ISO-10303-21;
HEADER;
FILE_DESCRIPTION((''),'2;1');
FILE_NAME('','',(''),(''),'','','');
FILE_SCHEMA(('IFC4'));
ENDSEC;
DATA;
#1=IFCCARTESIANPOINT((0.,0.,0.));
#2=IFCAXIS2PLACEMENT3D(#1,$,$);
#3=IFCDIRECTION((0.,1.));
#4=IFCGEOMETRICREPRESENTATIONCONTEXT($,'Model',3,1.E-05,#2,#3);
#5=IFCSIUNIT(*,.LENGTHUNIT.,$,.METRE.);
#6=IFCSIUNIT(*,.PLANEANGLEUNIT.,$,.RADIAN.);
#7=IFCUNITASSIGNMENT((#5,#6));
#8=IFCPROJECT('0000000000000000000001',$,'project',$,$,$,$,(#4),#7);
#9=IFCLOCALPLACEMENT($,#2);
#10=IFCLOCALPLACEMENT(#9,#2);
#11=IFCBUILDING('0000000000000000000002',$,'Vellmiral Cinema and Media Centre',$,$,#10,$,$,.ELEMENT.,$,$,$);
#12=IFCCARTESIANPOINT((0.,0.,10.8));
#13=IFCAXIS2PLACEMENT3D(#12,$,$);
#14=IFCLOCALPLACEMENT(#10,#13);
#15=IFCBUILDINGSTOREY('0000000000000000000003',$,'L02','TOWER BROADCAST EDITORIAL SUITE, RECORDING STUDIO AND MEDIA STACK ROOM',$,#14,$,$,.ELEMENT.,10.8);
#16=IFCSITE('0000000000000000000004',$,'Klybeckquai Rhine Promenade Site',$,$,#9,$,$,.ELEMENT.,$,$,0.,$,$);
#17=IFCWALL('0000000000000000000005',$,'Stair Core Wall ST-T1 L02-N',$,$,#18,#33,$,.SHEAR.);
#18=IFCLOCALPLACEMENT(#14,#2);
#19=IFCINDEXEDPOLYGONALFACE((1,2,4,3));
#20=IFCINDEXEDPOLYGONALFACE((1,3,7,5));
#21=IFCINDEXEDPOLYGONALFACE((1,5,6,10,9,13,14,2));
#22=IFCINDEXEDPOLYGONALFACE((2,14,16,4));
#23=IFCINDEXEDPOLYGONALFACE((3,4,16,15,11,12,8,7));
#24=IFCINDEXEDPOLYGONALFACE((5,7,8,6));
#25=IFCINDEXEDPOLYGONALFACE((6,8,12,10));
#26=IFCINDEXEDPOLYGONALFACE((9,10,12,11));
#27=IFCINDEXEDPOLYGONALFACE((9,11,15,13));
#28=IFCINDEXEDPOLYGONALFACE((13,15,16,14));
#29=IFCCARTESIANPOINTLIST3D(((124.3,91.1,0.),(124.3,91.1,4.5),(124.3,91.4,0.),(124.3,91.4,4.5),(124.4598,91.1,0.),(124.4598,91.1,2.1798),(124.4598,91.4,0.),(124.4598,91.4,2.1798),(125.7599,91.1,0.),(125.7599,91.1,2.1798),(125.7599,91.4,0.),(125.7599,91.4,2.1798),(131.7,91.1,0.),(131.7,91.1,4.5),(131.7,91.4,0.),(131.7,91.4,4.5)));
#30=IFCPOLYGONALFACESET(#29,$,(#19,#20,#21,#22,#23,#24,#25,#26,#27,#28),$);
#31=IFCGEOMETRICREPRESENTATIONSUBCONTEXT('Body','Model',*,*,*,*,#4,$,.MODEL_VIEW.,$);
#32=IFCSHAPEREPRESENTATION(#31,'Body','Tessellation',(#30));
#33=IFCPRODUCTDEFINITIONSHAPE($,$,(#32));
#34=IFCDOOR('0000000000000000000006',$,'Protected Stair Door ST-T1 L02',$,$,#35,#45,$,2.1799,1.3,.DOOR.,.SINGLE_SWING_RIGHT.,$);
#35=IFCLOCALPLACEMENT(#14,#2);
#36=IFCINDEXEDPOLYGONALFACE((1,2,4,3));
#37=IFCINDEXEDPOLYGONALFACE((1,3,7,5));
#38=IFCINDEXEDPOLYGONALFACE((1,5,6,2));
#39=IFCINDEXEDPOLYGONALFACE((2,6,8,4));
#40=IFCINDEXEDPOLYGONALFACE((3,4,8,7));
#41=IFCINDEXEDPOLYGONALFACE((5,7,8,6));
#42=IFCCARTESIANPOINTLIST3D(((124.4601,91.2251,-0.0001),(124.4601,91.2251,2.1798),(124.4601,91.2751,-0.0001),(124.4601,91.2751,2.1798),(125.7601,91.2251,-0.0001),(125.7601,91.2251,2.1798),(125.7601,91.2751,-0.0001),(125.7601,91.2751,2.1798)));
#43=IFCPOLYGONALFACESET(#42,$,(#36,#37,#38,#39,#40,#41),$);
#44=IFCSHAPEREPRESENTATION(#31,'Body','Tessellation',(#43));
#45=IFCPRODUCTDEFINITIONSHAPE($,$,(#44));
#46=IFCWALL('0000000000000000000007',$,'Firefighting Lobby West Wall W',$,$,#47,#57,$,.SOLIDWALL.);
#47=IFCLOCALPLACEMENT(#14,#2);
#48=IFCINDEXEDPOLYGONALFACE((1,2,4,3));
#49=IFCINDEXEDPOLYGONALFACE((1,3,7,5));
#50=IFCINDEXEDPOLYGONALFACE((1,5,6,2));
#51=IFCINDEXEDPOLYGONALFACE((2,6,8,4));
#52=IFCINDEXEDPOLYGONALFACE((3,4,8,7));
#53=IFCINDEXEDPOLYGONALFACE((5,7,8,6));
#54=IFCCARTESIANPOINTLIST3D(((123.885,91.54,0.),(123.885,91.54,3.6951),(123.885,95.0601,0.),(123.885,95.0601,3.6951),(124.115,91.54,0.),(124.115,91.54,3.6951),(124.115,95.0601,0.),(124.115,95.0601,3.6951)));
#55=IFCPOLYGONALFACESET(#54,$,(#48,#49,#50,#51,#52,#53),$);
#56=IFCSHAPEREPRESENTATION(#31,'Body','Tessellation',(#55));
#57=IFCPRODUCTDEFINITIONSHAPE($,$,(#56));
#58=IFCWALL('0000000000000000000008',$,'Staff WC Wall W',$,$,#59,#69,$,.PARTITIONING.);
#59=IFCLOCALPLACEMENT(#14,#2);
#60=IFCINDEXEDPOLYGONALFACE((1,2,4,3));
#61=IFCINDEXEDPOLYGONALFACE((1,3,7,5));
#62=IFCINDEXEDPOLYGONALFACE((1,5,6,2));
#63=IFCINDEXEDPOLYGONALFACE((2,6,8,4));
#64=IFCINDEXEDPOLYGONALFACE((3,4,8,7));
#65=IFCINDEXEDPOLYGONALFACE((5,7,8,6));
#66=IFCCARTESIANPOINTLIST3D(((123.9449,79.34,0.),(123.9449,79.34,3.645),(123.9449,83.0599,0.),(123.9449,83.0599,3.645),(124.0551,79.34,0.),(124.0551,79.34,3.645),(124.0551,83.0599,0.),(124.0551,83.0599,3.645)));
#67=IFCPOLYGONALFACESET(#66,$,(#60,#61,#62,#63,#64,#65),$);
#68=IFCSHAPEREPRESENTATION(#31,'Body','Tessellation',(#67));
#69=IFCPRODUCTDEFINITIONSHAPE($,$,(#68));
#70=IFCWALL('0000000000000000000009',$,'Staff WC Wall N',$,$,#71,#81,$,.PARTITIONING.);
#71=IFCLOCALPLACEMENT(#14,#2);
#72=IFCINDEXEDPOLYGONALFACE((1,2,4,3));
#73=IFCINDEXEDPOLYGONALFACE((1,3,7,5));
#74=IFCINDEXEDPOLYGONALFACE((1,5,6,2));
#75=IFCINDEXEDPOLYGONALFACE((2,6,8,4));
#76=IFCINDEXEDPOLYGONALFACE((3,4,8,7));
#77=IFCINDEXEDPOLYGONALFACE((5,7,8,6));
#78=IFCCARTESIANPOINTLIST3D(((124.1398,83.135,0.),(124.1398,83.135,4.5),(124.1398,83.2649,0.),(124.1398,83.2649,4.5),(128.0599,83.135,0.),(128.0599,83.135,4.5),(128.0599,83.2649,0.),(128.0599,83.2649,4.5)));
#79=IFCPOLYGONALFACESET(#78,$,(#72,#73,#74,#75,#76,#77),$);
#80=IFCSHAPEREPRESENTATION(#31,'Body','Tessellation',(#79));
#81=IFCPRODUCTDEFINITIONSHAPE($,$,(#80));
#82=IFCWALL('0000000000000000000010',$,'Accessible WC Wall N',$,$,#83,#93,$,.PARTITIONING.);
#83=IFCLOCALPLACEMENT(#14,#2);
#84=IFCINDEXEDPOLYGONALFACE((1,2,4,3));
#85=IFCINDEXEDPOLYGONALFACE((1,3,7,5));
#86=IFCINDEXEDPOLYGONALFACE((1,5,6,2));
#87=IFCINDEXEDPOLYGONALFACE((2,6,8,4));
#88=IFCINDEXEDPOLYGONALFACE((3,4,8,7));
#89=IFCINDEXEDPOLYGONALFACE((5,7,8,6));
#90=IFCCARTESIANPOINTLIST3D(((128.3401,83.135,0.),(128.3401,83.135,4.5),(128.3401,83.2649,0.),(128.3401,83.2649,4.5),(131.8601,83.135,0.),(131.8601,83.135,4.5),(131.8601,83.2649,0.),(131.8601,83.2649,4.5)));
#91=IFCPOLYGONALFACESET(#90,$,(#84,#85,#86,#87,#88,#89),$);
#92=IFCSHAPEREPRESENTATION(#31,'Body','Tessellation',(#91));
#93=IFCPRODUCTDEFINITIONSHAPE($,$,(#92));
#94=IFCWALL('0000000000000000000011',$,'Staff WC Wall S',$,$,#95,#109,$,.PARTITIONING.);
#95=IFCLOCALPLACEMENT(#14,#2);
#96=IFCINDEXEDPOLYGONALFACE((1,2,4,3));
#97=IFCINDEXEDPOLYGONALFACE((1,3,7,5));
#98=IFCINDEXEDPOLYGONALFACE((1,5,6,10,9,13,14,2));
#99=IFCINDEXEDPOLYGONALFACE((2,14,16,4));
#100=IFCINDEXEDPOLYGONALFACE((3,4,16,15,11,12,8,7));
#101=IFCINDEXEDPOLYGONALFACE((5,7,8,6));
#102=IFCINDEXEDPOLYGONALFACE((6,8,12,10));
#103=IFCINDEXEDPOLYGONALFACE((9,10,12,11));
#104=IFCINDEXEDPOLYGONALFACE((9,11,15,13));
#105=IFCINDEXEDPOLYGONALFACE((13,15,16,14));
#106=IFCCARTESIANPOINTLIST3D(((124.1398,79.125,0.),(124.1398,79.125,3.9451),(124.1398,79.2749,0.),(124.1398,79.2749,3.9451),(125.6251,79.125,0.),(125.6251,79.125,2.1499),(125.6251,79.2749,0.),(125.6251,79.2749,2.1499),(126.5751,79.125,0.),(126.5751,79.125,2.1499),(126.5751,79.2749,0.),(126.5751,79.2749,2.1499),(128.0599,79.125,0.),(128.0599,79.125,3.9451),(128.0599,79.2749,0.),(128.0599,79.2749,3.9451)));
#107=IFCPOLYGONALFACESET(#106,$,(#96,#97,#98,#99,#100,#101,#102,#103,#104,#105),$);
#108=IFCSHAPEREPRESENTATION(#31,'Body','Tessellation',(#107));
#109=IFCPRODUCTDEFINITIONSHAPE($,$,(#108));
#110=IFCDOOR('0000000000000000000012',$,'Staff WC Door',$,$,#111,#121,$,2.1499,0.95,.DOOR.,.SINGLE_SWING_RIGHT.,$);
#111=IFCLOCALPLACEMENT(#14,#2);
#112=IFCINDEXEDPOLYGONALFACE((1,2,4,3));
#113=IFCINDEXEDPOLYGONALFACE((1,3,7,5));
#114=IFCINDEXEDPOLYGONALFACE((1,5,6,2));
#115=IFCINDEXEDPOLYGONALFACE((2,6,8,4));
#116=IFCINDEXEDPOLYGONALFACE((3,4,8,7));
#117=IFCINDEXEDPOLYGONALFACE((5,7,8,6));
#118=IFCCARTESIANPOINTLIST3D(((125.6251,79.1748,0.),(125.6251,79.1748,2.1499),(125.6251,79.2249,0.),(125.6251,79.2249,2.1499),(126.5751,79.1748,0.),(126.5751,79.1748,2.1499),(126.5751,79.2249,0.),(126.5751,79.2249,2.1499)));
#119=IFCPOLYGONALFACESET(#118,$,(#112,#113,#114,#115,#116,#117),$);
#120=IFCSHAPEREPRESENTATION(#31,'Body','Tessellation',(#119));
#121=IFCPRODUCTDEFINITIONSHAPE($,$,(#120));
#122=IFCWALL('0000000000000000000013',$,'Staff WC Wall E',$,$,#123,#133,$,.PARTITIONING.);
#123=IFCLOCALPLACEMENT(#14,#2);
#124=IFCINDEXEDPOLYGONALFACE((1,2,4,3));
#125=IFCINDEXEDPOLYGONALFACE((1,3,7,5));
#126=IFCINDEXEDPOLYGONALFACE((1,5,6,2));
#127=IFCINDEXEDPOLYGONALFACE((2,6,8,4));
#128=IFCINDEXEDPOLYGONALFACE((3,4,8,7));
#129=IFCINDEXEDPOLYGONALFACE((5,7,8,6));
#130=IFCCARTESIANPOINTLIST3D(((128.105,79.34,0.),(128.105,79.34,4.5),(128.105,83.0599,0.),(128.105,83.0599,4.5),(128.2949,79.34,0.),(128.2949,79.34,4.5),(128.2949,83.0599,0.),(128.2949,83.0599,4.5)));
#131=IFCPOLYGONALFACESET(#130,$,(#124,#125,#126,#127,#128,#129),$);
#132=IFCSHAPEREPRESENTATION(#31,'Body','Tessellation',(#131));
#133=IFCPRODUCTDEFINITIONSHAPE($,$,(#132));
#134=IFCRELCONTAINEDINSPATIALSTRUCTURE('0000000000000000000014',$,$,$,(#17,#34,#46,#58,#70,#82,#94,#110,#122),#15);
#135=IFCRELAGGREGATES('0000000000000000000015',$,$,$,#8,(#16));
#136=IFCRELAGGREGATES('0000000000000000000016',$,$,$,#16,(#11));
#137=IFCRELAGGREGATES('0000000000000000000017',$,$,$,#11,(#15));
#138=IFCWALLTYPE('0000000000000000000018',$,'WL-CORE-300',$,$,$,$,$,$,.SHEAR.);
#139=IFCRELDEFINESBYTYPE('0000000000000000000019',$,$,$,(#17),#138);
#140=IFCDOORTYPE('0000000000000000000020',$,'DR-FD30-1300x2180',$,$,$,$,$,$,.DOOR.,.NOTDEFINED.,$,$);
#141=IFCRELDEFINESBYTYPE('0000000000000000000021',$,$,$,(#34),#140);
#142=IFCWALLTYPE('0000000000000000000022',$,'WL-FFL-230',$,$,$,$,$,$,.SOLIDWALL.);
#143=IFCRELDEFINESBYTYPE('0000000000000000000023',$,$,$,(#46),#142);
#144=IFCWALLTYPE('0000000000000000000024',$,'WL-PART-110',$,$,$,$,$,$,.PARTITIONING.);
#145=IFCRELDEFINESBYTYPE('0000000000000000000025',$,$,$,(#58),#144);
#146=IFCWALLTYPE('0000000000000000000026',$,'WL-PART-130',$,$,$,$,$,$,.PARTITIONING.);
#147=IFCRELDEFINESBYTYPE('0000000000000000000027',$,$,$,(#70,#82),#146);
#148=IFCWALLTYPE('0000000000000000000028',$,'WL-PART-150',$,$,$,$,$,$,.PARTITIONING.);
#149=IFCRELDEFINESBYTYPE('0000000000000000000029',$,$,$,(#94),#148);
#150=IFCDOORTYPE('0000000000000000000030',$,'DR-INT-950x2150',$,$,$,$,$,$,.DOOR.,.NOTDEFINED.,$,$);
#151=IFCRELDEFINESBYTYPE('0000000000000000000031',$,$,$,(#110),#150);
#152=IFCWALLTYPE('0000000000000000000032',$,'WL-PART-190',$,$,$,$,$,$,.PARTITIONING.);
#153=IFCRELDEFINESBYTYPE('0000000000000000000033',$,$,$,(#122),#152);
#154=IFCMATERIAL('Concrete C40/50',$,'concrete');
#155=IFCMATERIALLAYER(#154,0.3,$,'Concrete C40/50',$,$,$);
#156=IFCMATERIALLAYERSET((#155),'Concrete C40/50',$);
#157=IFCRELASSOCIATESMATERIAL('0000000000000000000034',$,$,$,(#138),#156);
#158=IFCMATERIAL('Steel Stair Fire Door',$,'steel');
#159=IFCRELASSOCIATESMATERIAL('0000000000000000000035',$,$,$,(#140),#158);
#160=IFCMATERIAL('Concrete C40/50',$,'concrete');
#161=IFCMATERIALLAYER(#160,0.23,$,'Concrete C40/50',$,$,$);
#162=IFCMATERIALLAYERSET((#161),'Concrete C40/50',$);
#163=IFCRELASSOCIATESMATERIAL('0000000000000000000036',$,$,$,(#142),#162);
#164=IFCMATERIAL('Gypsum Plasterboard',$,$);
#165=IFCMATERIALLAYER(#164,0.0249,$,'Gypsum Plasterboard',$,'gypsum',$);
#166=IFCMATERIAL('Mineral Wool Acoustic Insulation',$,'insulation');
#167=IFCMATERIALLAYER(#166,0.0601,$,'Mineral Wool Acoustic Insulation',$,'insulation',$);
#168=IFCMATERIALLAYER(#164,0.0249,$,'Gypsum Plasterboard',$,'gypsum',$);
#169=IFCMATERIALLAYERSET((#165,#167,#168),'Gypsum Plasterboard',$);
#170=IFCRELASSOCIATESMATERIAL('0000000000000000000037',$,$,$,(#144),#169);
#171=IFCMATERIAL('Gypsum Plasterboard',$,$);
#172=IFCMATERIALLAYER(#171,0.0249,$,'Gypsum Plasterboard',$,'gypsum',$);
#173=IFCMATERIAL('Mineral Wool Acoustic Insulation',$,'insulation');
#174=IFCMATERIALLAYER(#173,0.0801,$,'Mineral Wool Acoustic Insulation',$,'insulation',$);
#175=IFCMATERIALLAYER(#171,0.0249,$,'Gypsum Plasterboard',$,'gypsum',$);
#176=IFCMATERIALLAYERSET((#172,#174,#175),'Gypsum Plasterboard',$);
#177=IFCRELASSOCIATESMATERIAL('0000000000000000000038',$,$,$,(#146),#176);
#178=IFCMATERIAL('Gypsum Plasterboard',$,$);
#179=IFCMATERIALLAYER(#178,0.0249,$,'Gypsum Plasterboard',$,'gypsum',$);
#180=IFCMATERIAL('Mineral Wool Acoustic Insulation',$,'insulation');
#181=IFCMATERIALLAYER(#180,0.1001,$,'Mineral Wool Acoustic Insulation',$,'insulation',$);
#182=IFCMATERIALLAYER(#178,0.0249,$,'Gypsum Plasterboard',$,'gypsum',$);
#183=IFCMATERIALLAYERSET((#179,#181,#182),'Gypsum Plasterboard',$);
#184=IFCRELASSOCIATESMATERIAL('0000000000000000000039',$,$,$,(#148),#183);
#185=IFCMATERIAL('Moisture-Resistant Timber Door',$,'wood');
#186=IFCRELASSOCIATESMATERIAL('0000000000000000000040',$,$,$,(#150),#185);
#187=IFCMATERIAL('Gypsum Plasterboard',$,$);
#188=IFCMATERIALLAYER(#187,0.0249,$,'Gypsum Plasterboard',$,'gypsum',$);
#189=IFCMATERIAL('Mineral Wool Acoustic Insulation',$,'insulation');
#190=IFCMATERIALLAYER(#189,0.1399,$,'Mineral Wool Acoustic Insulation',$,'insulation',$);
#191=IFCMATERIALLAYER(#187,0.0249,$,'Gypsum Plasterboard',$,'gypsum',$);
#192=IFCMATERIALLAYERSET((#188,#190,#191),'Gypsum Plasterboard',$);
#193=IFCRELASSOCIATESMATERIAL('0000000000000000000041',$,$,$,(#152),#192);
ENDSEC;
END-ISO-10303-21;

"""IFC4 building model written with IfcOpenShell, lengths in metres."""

from ifc_helpers import new_model, si_unit, direction, frame, frame_2d, origin, place, context, subcontext, project, spatial, rectangle, extrude, material, layer, layer_set, type_object, element, fill, save


model = new_model("IFC4")

# Units and contexts
model_context = context("Model", 3, precision=1e-05, world=origin(), true_north=direction((0.0, 1.0)))
body_context = subcontext(model_context, "Body", "Model", "MODEL_VIEW")
ifc_project = project(units=[si_unit("LENGTHUNIT", "METRE"), si_unit("PLANEANGLEUNIT", "RADIAN")], contexts=[model_context])

# Site, building, storey
site_placement = place(None, origin())
site = spatial("IfcSite", under=ifc_project, at=site_placement, Name="Klybeckquai Rhine Promenade Site", CompositionType="ELEMENT", RefElevation=0.0)
building_placement = place(site_placement, origin())
building = spatial("IfcBuilding", under=site, at=building_placement, Name="Vellmiral Cinema and Media Centre", CompositionType="ELEMENT")
storey_placement = place(building_placement, frame((0.0, 0.0, 10.8)))
storey = spatial("IfcBuildingStorey", under=building, at=storey_placement, Name="L02", Description="TOWER BROADCAST EDITORIAL SUITE, RECORDING STUDIO AND MEDIA STACK ROOM", CompositionType="ELEMENT", Elevation=10.8)

# Shared definitions
ifc_material_1 = material(Name="Concrete C40/50", Category="concrete")
ifc_layer_1 = layer(ifc_material_1, 0.3, Name="Concrete C40/50")
ifc_layer_set_1 = layer_set([ifc_layer_1], Name="Concrete C40/50")
wall_type_1 = type_object("IfcWallType", Name="WL-CORE-300", PredefinedType="SHEAR", material=ifc_layer_set_1)

# Wall, opening, door
wall_1_placement = place(storey_placement, frame((124.3, 91.25, 0.0), z_axis=(0.0, 0.0, 1.0), x_axis=(1.0, 0.0, 0.0)))
wall_1 = element("IfcWall", 1, at=wall_1_placement, inside=storey, type_object=wall_type_1, Name="Stair Core Wall ST-T1 L02-N", PredefinedType="SHEAR", context=body_context, shape_type="SweptSolid", body=[
    extrude(rectangle(XDim=7.3999, YDim=0.3, at=frame_2d((3.7, 0.0))), origin(), (0.0, 0.0, 1.0), 4.5),
])
opening_1_placement = place(wall_1_placement, frame((0.1599, 0.0, 0.0)))
opening_1 = element("IfcOpeningElement", 2, at=opening_1_placement, cuts=wall_1, PredefinedType="OPENING", context=body_context, shape_type="SweptSolid", body=[
    extrude(rectangle(XDim=1.3, YDim=2.1799, at=frame_2d((0.6499, 1.0898))), frame((0.0, 0.1621, 0.0), z_axis=(0.0, -1.0, 0.0), x_axis=(1.0, 0.0, 0.0)), (0.0, 0.0, 1.0), 0.324),
])
ifc_material_2 = material(Name="Steel Stair Fire Door", Category="steel")
door_type_1 = type_object("IfcDoorType", Name="DR-FD30-1300x2180", OperationType="NOTDEFINED", PredefinedType="DOOR", material=ifc_material_2)
door_1_placement = place(opening_1_placement, frame((1.3, 0.0, 0.0), z_axis=(0.0, 0.0, 1.0), x_axis=(-1.0, 0.0, 0.0)))
door_1 = element("IfcDoor", 3, at=door_1_placement, inside=storey, type_object=door_type_1, Name="Protected Stair Door ST-T1 L02", OperationType="SINGLE_SWING_RIGHT", OverallHeight=2.1799, OverallWidth=1.3, PredefinedType="DOOR", context=body_context, shape_type="SweptSolid", body=[
    extrude(rectangle(XDim=1.3, YDim=2.1799, at=frame_2d((0.6499, 1.0898))), frame((0.0, 0.0249, 0.0), z_axis=(0.0, -1.0, 0.0), x_axis=(1.0, 0.0, 0.0)), (0.0, 0.0, 1.0), 0.05),
])
fill(opening_1, door_1)

# Walls
ifc_material_3 = material(Name="Concrete C40/50", Category="concrete")
ifc_layer_2 = layer(ifc_material_3, 0.23, Name="Concrete C40/50")
ifc_layer_set_2 = layer_set([ifc_layer_2], Name="Concrete C40/50")
wall_type_2 = type_object("IfcWallType", Name="WL-FFL-230", PredefinedType="SOLIDWALL", material=ifc_layer_set_2)
wall_2_placement = place(storey_placement, frame((124.0, 91.54, 0.0), z_axis=(0.0, 0.0, 1.0), x_axis=(0.0, 1.0, 0.0)))
element("IfcWall", 4, at=wall_2_placement, inside=storey, type_object=wall_type_2, Name="Firefighting Lobby West Wall W", PredefinedType="SOLIDWALL", context=body_context, shape_type="SweptSolid", body=[
    extrude(rectangle(XDim=3.52, YDim=0.23, at=frame_2d((1.76, 0.0))), origin(), (0.0, 0.0, 1.0), 3.6951),
])
ifc_material_4 = material(Name="Gypsum Plasterboard")
ifc_layer_3 = layer(ifc_material_4, 0.0249, Name="Gypsum Plasterboard", Category="gypsum")
ifc_material_5 = material(Name="Mineral Wool Acoustic Insulation", Category="insulation")
ifc_layer_4 = layer(ifc_material_5, 0.0601, Name="Mineral Wool Acoustic Insulation", Category="insulation")
ifc_layer_5 = layer(ifc_material_4, 0.0249, Name="Gypsum Plasterboard", Category="gypsum")
ifc_layer_set_3 = layer_set([ifc_layer_3, ifc_layer_4, ifc_layer_5], Name="Gypsum Plasterboard")
wall_type_3 = type_object("IfcWallType", Name="WL-PART-110", PredefinedType="PARTITIONING", material=ifc_layer_set_3)
wall_3_placement = place(storey_placement, frame((124.0, 79.3401, 0.0), z_axis=(0.0, 0.0, 1.0), x_axis=(0.0, 1.0, 0.0)))
element("IfcWall", 5, at=wall_3_placement, inside=storey, type_object=wall_type_3, Name="Staff WC Wall W", PredefinedType="PARTITIONING", context=body_context, shape_type="SweptSolid", body=[
    extrude(rectangle(XDim=3.72, YDim=0.1101, at=frame_2d((1.8599, 0.0))), origin(), (0.0, 0.0, 1.0), 3.645),
])
ifc_material_6 = material(Name="Gypsum Plasterboard")
ifc_layer_6 = layer(ifc_material_6, 0.0249, Name="Gypsum Plasterboard", Category="gypsum")
ifc_material_7 = material(Name="Mineral Wool Acoustic Insulation", Category="insulation")
ifc_layer_7 = layer(ifc_material_7, 0.0801, Name="Mineral Wool Acoustic Insulation", Category="insulation")
ifc_layer_8 = layer(ifc_material_6, 0.0249, Name="Gypsum Plasterboard", Category="gypsum")
ifc_layer_set_4 = layer_set([ifc_layer_6, ifc_layer_7, ifc_layer_8], Name="Gypsum Plasterboard")
wall_type_4 = type_object("IfcWallType", Name="WL-PART-130", PredefinedType="PARTITIONING", material=ifc_layer_set_4)
wall_4_placement = place(storey_placement, frame((124.1399, 83.2, 0.0), z_axis=(0.0, 0.0, 1.0), x_axis=(1.0, 0.0, 0.0)))
element("IfcWall", 6, at=wall_4_placement, inside=storey, type_object=wall_type_4, Name="Staff WC Wall N", PredefinedType="PARTITIONING", context=body_context, shape_type="SweptSolid", body=[
    extrude(rectangle(XDim=3.9202, YDim=0.1299, at=frame_2d((1.96, 0.0))), origin(), (0.0, 0.0, 1.0), 4.5),
])
wall_5_placement = place(storey_placement, frame((128.3401, 83.2, 0.0), z_axis=(0.0, 0.0, 1.0), x_axis=(1.0, 0.0, 0.0)))
element("IfcWall", 7, at=wall_5_placement, inside=storey, type_object=wall_type_4, Name="Accessible WC Wall N", PredefinedType="PARTITIONING", context=body_context, shape_type="SweptSolid", body=[
    extrude(rectangle(XDim=3.52, YDim=0.1299, at=frame_2d((1.76, 0.0))), origin(), (0.0, 0.0, 1.0), 4.5),
])

# Wall, opening, door
ifc_material_8 = material(Name="Gypsum Plasterboard")
ifc_layer_9 = layer(ifc_material_8, 0.0249, Name="Gypsum Plasterboard", Category="gypsum")
ifc_material_9 = material(Name="Mineral Wool Acoustic Insulation", Category="insulation")
ifc_layer_10 = layer(ifc_material_9, 0.1001, Name="Mineral Wool Acoustic Insulation", Category="insulation")
ifc_layer_11 = layer(ifc_material_8, 0.0249, Name="Gypsum Plasterboard", Category="gypsum")
ifc_layer_set_5 = layer_set([ifc_layer_9, ifc_layer_10, ifc_layer_11], Name="Gypsum Plasterboard")
wall_type_5 = type_object("IfcWallType", Name="WL-PART-150", PredefinedType="PARTITIONING", material=ifc_layer_set_5)
wall_6_placement = place(storey_placement, frame((124.1399, 79.2, 0.0), z_axis=(0.0, 0.0, 1.0), x_axis=(1.0, 0.0, 0.0)))
wall_6 = element("IfcWall", 8, at=wall_6_placement, inside=storey, type_object=wall_type_5, Name="Staff WC Wall S", PredefinedType="PARTITIONING", context=body_context, shape_type="SweptSolid", body=[
    extrude(rectangle(XDim=3.9202, YDim=0.1499, at=frame_2d((1.96, 0.0))), origin(), (0.0, 0.0, 1.0), 3.9451),
])
opening_2_placement = place(wall_6_placement, frame((1.4851, 0.0, 0.0)))
opening_2 = element("IfcOpeningElement", 9, at=opening_2_placement, cuts=wall_6, PredefinedType="OPENING", context=body_context, shape_type="SweptSolid", body=[
    extrude(rectangle(XDim=0.95, YDim=2.1499, at=frame_2d((0.4751, 1.075))), frame((0.0, 0.0869, 0.0), z_axis=(0.0, -1.0, 0.0), x_axis=(1.0, 0.0, 0.0)), (0.0, 0.0, 1.0), 0.1738),
])
ifc_material_10 = material(Name="Moisture-Resistant Timber Door", Category="wood")
door_type_2 = type_object("IfcDoorType", Name="DR-INT-950x2150", OperationType="NOTDEFINED", PredefinedType="DOOR", material=ifc_material_10)
door_2_placement = place(opening_2_placement, origin())
door_2 = element("IfcDoor", 10, at=door_2_placement, inside=storey, type_object=door_type_2, Name="Staff WC Door", OperationType="SINGLE_SWING_RIGHT", OverallHeight=2.1499, OverallWidth=0.95, PredefinedType="DOOR", context=body_context, shape_type="SweptSolid", body=[
    extrude(rectangle(XDim=0.95, YDim=2.1499, at=frame_2d((0.4751, 1.075))), frame((0.0, 0.0249, 0.0), z_axis=(0.0, -1.0, 0.0), x_axis=(1.0, 0.0, 0.0)), (0.0, 0.0, 1.0), 0.05),
])
fill(opening_2, door_2)

# Wall
ifc_material_11 = material(Name="Gypsum Plasterboard")
ifc_layer_12 = layer(ifc_material_11, 0.0249, Name="Gypsum Plasterboard", Category="gypsum")
ifc_material_12 = material(Name="Mineral Wool Acoustic Insulation", Category="insulation")
ifc_layer_13 = layer(ifc_material_12, 0.1399, Name="Mineral Wool Acoustic Insulation", Category="insulation")
ifc_layer_14 = layer(ifc_material_11, 0.0249, Name="Gypsum Plasterboard", Category="gypsum")
ifc_layer_set_6 = layer_set([ifc_layer_12, ifc_layer_13, ifc_layer_14], Name="Gypsum Plasterboard")
wall_type_6 = type_object("IfcWallType", Name="WL-PART-190", PredefinedType="PARTITIONING", material=ifc_layer_set_6)
wall_7_placement = place(storey_placement, frame((128.2, 79.3401, 0.0), z_axis=(0.0, 0.0, 1.0), x_axis=(0.0, 1.0, 0.0)))
element("IfcWall", 11, at=wall_7_placement, inside=storey, type_object=wall_type_6, Name="Staff WC Wall E", PredefinedType="PARTITIONING", context=body_context, shape_type="SweptSolid", body=[
    extrude(rectangle(XDim=3.72, YDim=0.1899, at=frame_2d((1.8599, 0.0))), origin(), (0.0, 0.0, 1.0), 4.5),
])

save(model, "model.ifc")
